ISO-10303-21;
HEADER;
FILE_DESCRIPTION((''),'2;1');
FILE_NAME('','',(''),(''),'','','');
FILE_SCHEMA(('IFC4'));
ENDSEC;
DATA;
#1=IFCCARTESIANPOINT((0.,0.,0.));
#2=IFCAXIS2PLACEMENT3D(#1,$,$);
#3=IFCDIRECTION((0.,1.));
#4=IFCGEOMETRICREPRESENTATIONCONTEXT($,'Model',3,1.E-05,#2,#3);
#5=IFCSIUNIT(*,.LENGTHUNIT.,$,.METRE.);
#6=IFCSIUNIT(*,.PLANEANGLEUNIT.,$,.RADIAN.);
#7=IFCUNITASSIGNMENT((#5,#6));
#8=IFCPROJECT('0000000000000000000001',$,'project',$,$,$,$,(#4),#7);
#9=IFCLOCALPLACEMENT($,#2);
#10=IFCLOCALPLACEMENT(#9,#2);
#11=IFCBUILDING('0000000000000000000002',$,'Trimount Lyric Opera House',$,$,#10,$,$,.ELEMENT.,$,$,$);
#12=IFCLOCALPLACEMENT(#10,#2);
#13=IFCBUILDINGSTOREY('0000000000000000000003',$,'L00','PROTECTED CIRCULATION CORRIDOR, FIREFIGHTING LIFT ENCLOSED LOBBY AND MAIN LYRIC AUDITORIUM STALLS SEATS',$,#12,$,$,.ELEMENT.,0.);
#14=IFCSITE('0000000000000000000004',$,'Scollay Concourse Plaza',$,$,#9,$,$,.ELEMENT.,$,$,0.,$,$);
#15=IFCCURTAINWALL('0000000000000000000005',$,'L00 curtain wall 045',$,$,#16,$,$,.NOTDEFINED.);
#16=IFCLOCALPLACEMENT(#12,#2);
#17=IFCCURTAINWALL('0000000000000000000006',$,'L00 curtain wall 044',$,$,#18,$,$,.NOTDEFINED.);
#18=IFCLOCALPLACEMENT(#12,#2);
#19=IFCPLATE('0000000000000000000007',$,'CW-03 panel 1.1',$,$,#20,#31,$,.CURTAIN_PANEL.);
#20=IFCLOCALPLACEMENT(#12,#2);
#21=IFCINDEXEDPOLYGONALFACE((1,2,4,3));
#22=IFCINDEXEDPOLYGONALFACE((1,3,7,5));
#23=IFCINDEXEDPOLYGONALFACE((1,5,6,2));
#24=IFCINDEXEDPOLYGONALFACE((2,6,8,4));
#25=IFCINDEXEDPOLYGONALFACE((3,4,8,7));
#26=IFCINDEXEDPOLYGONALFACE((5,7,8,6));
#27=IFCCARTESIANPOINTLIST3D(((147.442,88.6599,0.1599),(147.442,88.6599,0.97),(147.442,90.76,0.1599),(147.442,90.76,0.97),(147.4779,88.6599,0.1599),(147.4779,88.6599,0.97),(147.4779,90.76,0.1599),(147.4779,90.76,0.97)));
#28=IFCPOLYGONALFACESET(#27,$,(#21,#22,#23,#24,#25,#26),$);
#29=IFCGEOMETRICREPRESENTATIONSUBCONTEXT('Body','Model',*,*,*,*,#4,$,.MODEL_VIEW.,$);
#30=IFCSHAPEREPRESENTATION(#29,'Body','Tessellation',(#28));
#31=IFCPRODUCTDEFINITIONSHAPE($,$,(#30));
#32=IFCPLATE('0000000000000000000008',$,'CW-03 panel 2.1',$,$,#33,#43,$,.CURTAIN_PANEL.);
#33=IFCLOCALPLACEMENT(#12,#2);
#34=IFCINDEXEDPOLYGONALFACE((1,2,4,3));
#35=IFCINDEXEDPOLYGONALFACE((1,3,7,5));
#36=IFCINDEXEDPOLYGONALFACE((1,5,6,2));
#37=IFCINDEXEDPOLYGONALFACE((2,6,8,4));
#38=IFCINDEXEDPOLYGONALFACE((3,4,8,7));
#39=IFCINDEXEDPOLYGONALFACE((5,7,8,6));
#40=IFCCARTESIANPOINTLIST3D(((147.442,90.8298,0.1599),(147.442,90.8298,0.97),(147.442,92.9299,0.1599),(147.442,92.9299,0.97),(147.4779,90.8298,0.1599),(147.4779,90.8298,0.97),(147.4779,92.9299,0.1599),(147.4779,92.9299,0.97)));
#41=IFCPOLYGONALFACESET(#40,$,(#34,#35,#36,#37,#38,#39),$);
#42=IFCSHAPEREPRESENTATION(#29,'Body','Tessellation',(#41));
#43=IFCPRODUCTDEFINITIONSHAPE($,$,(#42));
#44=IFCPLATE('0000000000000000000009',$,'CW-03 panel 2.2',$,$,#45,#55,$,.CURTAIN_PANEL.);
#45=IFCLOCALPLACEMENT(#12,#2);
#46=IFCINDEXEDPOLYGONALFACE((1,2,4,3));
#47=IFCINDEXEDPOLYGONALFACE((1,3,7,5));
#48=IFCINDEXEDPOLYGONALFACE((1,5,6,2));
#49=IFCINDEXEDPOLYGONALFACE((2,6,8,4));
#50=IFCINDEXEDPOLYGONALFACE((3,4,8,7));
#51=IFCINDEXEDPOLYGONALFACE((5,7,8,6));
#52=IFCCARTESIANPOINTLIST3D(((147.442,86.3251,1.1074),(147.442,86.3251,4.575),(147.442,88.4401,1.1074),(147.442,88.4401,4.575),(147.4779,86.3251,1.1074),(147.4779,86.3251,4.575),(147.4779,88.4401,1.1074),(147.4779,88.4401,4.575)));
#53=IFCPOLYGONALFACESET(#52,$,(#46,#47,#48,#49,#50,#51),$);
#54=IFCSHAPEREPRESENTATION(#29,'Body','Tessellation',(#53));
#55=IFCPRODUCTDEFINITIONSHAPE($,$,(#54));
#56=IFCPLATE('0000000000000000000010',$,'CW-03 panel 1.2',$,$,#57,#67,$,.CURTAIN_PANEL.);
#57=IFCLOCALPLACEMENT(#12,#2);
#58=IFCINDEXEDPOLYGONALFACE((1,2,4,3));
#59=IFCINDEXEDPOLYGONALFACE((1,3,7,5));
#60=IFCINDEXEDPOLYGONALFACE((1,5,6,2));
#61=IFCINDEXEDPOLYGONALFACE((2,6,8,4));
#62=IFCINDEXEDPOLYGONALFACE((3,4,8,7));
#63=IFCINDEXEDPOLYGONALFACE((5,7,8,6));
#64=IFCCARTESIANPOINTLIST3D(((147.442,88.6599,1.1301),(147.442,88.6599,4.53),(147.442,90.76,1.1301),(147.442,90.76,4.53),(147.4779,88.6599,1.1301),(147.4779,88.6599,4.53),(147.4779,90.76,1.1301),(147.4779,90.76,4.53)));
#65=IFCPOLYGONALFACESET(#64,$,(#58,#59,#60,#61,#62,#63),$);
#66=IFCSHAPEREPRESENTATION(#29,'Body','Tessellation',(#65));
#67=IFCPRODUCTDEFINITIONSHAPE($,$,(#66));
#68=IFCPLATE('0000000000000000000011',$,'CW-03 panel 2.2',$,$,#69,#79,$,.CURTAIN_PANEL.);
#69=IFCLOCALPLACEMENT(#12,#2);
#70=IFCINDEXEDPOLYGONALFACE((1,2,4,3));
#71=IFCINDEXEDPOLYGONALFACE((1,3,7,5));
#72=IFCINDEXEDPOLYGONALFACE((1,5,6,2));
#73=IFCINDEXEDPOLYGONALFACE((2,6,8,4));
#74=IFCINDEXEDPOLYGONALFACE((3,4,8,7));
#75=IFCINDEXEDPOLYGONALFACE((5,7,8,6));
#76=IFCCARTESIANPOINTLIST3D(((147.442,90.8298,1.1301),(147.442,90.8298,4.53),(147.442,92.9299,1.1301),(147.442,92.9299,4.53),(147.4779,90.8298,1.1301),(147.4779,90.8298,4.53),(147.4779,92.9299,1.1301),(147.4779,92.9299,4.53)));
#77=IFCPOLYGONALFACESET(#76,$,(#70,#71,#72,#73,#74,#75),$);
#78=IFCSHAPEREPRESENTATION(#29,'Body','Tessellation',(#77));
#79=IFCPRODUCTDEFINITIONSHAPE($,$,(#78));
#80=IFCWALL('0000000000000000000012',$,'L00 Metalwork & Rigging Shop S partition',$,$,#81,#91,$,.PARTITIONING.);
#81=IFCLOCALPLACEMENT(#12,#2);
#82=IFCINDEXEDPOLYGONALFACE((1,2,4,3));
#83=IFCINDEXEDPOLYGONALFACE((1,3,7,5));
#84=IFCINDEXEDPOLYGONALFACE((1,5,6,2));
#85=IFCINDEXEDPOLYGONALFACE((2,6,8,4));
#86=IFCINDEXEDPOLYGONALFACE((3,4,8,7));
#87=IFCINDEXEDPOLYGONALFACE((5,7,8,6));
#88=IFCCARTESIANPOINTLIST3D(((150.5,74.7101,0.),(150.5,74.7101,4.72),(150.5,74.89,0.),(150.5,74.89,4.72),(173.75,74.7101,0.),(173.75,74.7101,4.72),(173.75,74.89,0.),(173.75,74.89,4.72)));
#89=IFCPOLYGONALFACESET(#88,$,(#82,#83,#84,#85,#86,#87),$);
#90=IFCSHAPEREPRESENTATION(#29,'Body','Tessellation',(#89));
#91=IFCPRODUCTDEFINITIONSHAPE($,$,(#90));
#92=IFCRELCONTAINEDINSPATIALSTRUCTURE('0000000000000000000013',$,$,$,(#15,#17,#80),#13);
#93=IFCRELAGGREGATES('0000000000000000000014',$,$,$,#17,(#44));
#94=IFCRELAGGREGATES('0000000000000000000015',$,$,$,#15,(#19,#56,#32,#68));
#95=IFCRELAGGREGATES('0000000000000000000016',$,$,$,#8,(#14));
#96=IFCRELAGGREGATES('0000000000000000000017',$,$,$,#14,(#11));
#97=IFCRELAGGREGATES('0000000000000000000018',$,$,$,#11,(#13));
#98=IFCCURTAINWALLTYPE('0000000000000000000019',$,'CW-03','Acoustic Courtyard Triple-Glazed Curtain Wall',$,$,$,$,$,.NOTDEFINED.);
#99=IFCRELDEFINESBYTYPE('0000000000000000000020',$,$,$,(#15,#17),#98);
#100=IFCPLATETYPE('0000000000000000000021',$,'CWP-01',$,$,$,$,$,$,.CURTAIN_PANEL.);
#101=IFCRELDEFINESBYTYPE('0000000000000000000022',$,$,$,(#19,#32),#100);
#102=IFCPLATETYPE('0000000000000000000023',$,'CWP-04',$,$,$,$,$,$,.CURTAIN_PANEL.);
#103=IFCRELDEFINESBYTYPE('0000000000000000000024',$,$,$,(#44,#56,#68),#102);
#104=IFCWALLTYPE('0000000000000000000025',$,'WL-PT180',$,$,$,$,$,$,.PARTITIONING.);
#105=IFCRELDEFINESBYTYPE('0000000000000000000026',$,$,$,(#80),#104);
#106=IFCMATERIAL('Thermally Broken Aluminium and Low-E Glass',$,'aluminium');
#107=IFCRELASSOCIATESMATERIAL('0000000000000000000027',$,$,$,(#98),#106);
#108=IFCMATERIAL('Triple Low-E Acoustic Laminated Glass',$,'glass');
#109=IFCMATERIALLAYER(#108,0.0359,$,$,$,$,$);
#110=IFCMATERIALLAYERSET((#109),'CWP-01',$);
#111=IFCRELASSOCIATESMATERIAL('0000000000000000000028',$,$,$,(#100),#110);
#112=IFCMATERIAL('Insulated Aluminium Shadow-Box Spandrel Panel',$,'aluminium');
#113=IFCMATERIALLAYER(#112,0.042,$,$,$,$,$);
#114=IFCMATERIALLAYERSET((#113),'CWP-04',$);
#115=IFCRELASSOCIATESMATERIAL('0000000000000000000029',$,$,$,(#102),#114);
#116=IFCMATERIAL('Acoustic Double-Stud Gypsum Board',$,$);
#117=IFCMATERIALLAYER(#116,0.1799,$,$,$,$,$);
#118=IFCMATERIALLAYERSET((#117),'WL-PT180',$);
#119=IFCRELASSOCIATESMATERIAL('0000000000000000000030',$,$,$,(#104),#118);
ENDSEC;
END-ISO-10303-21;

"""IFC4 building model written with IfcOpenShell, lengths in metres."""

from ifc_helpers import new_model, si_unit, direction, frame, frame_2d, origin, origin_2d, place, context, subcontext, project, spatial, rectangle, extrude, material, layer, layer_set, type_object, element, aggregate, save


model = new_model("IFC4")

# Units and contexts
model_context = context("Model", 3, precision=1e-05, world=origin(), true_north=direction((0.0, 1.0)))
body_context = subcontext(model_context, "Body", "Model", "MODEL_VIEW")
ifc_project = project(units=[si_unit("LENGTHUNIT", "METRE"), si_unit("PLANEANGLEUNIT", "RADIAN")], contexts=[model_context])

# Site, building, storey
site_placement = place(None, origin())
site = spatial("IfcSite", under=ifc_project, at=site_placement, Name="Scollay Concourse Plaza", CompositionType="ELEMENT", RefElevation=0.0)
building_placement = place(site_placement, origin())
building = spatial("IfcBuilding", under=site, at=building_placement, Name="Trimount Lyric Opera House", CompositionType="ELEMENT")
storey_placement = place(building_placement, origin())
storey = spatial("IfcBuildingStorey", under=building, at=storey_placement, Name="L00", Description="PROTECTED CIRCULATION CORRIDOR, FIREFIGHTING LIFT ENCLOSED LOBBY AND MAIN LYRIC AUDITORIUM STALLS SEATS", CompositionType="ELEMENT", Elevation=0.0)

# Curtain wall
ifc_material_1 = material(Name="Thermally Broken Aluminium and Low-E Glass", Category="aluminium")
curtain_wall_type = type_object("IfcCurtainWallType", Name="CW-03", Description="Acoustic Courtyard Triple-Glazed Curtain Wall", PredefinedType="NOTDEFINED", material=ifc_material_1)
curtain_wall_1_placement = place(storey_placement, origin())
curtain_wall_1 = element("IfcCurtainWall", 1, at=curtain_wall_1_placement, inside=storey, type_object=curtain_wall_type, Name="L00 curtain wall 045", PredefinedType="NOTDEFINED")

# Curtain wall
curtain_wall_2_placement = place(storey_placement, origin())
curtain_wall_2 = element("IfcCurtainWall", 2, at=curtain_wall_2_placement, inside=storey, type_object=curtain_wall_type, Name="L00 curtain wall 044", PredefinedType="NOTDEFINED")

# Plates
ifc_material_2 = material(Name="Triple Low-E Acoustic Laminated Glass", Category="glass")
ifc_layer_1 = layer(ifc_material_2, 0.0359)
ifc_layer_set_1 = layer_set([ifc_layer_1], Name="CWP-01")
plate_type_1 = type_object("IfcPlateType", Name="CWP-01", PredefinedType="CURTAIN_PANEL", material=ifc_layer_set_1)
plate_1_placement = place(storey_placement, frame((147.46, 89.71, 0.1599), z_axis=(0.0, 0.0, 1.0), x_axis=(0.0, 1.0, 0.0)))
plate_1 = element("IfcPlate", 3, at=plate_1_placement, type_object=plate_type_1, Name="CW-03 panel 1.1", PredefinedType="CURTAIN_PANEL", context=body_context, shape_type="SweptSolid", body=[
    extrude(rectangle(XDim=2.1001, YDim=0.0359, at=origin_2d()), origin(), (0.0, 0.0, 1.0), 0.8101),
])
plate_2_placement = place(storey_placement, frame((147.46, 91.8799, 0.1599), z_axis=(0.0, 0.0, 1.0), x_axis=(0.0, 1.0, 0.0)))
plate_2 = element("IfcPlate", 4, at=plate_2_placement, type_object=plate_type_1, Name="CW-03 panel 2.1", PredefinedType="CURTAIN_PANEL", context=body_context, shape_type="SweptSolid", body=[
    extrude(rectangle(XDim=2.1001, YDim=0.0359, at=origin_2d()), origin(), (0.0, 0.0, 1.0), 0.8101),
])
ifc_material_3 = material(Name="Insulated Aluminium Shadow-Box Spandrel Panel", Category="aluminium")
ifc_layer_2 = layer(ifc_material_3, 0.042)
ifc_layer_set_2 = layer_set([ifc_layer_2], Name="CWP-04")
plate_type_2 = type_object("IfcPlateType", Name="CWP-04", PredefinedType="CURTAIN_PANEL", material=ifc_layer_set_2)
plate_3_placement = place(storey_placement, frame((147.46, 87.3826, 1.1074), z_axis=(0.0, 0.0, 1.0), x_axis=(0.0, 1.0, 0.0)))
plate_3 = element("IfcPlate", 5, at=plate_3_placement, type_object=plate_type_2, Name="CW-03 panel 2.2", PredefinedType="CURTAIN_PANEL", context=body_context, shape_type="SweptSolid", body=[
    extrude(rectangle(XDim=2.115, YDim=0.0359, at=origin_2d()), origin(), (0.0, 0.0, 1.0), 3.4675),
])
aggregate(curtain_wall_2, [plate_3])
plate_4_placement = place(storey_placement, frame((147.46, 89.71, 1.1301), z_axis=(0.0, 0.0, 1.0), x_axis=(0.0, 1.0, 0.0)))
plate_4 = element("IfcPlate", 6, at=plate_4_placement, type_object=plate_type_2, Name="CW-03 panel 1.2", PredefinedType="CURTAIN_PANEL", context=body_context, shape_type="SweptSolid", body=[
    extrude(rectangle(XDim=2.1001, YDim=0.0359, at=origin_2d()), origin(), (0.0, 0.0, 1.0), 3.3999),
])
plate_5_placement = place(storey_placement, frame((147.46, 91.8799, 1.1301), z_axis=(0.0, 0.0, 1.0), x_axis=(0.0, 1.0, 0.0)))
plate_5 = element("IfcPlate", 7, at=plate_5_placement, type_object=plate_type_2, Name="CW-03 panel 2.2", PredefinedType="CURTAIN_PANEL", context=body_context, shape_type="SweptSolid", body=[
    extrude(rectangle(XDim=2.1001, YDim=0.0359, at=origin_2d()), origin(), (0.0, 0.0, 1.0), 3.3999),
])
aggregate(curtain_wall_1, [plate_1, plate_4, plate_2, plate_5])

# Wall
ifc_material_4 = material(Name="Acoustic Double-Stud Gypsum Board")
ifc_layer_3 = layer(ifc_material_4, 0.1799)
ifc_layer_set_3 = layer_set([ifc_layer_3], Name="WL-PT180")
wall_type = type_object("IfcWallType", Name="WL-PT180", PredefinedType="PARTITIONING", material=ifc_layer_set_3)
wall_placement = place(storey_placement, frame((150.5, 74.8, 0.0), z_axis=(0.0, 0.0, 1.0), x_axis=(1.0, 0.0, 0.0)))
element("IfcWall", 8, at=wall_placement, inside=storey, type_object=wall_type, Name="L00 Metalwork & Rigging Shop S partition", PredefinedType="PARTITIONING", context=body_context, shape_type="SweptSolid", body=[
    extrude(rectangle(XDim=23.25, YDim=0.1799, at=frame_2d((11.625, 0.0))), origin(), (0.0, 0.0, 1.0), 4.72),
])

save(model, "model.ifc")
